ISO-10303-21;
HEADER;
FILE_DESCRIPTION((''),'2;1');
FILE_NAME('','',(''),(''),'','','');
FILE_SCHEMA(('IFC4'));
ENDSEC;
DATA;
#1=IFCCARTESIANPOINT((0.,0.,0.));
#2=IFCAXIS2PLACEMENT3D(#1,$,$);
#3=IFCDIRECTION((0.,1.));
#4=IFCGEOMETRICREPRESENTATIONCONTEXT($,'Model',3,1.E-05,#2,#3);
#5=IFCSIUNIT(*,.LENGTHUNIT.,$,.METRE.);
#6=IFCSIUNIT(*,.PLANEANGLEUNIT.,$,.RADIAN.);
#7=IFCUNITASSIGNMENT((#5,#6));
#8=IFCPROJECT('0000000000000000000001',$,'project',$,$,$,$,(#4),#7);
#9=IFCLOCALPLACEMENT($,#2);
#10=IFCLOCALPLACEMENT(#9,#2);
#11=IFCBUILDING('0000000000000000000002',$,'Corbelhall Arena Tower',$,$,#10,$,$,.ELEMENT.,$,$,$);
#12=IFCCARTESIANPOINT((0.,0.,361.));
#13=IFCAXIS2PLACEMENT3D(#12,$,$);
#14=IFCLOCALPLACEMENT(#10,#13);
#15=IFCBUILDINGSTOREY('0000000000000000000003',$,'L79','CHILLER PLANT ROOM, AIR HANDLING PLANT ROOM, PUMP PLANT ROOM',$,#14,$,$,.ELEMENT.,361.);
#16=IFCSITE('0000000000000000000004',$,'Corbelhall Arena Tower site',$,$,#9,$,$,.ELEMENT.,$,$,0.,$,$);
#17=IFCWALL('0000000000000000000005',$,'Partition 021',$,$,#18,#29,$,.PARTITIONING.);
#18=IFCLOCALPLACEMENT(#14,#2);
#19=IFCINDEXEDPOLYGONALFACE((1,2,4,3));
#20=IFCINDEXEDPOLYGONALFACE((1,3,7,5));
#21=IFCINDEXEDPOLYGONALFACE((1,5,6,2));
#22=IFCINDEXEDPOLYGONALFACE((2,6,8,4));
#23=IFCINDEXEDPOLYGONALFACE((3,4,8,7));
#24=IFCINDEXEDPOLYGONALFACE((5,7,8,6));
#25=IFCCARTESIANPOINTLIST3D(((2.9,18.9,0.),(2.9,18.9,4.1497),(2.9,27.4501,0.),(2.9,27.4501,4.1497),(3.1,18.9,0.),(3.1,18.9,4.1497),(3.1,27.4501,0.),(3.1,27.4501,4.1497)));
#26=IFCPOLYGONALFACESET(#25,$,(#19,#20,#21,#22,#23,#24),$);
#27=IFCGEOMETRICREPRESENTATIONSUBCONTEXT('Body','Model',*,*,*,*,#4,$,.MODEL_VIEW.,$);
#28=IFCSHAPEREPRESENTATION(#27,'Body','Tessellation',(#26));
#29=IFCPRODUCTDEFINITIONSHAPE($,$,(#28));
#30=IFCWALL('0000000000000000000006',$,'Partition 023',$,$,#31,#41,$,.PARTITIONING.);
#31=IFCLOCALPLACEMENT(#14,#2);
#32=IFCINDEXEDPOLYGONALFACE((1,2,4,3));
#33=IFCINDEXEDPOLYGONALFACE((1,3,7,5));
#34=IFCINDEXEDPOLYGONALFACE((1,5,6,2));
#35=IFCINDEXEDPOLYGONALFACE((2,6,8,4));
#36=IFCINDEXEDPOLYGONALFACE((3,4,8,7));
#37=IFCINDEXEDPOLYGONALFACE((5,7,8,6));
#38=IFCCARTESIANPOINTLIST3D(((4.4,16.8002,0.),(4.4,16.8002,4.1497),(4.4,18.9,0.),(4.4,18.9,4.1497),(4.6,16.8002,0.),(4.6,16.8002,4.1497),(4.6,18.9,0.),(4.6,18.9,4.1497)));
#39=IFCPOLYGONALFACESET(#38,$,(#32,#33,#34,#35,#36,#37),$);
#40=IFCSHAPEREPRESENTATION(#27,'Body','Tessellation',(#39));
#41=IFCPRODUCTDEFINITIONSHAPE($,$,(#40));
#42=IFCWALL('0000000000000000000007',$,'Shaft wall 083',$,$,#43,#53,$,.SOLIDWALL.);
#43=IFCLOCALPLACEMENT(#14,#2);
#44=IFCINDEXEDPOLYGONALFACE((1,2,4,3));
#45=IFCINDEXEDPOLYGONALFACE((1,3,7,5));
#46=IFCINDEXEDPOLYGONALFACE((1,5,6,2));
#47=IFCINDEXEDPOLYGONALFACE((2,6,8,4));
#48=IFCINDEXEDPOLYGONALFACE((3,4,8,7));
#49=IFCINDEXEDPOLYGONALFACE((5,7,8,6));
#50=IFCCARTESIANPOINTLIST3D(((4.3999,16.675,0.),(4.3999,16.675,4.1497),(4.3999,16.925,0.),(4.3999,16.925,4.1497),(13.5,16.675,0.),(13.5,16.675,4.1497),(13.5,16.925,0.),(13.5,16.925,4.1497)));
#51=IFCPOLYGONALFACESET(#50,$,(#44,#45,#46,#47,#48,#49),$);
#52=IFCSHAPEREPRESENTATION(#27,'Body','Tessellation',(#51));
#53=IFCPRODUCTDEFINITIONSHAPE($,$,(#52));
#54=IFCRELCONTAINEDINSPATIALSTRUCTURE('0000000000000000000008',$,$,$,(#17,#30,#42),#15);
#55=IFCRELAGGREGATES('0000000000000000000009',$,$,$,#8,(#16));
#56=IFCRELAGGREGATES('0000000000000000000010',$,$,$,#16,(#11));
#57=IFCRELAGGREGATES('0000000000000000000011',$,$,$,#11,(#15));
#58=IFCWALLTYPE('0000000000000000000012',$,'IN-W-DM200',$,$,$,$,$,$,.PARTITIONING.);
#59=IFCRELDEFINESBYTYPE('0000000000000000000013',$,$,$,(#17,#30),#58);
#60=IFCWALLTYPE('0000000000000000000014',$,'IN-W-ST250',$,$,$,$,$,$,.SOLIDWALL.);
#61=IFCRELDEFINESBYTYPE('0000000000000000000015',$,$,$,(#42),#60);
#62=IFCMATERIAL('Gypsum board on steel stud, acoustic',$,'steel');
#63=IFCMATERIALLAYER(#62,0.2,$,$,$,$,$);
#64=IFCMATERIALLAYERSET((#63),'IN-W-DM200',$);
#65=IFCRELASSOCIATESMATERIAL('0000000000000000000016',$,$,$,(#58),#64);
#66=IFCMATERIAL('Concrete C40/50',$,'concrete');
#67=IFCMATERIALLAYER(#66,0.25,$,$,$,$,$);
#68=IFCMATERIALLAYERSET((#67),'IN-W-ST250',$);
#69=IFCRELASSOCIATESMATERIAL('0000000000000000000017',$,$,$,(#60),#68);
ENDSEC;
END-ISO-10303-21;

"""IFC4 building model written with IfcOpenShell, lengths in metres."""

from ifc_helpers import new_model, si_unit, direction, frame, frame_2d, origin, place, context, subcontext, project, spatial, rectangle, extrude, material, layer, layer_set, type_object, element, save


model = new_model("IFC4")

# Units and contexts
model_context = context("Model", 3, precision=1e-05, world=origin(), true_north=direction((0.0, 1.0)))
body_context = subcontext(model_context, "Body", "Model", "MODEL_VIEW")
ifc_project = project(units=[si_unit("LENGTHUNIT", "METRE"), si_unit("PLANEANGLEUNIT", "RADIAN")], contexts=[model_context])

# Site, building, storey
site_placement = place(None, origin())
site = spatial("IfcSite", under=ifc_project, at=site_placement, Name="Corbelhall Arena Tower site", CompositionType="ELEMENT", RefElevation=0.0)
building_placement = place(site_placement, origin())
building = spatial("IfcBuilding", under=site, at=building_placement, Name="Corbelhall Arena Tower", CompositionType="ELEMENT")
storey_placement = place(building_placement, frame((0.0, 0.0, 361.0)))
storey = spatial("IfcBuildingStorey", under=building, at=storey_placement, Name="L79", Description="CHILLER PLANT ROOM, AIR HANDLING PLANT ROOM, PUMP PLANT ROOM", CompositionType="ELEMENT", Elevation=361.0)

# Walls
ifc_material_1 = material(Name="Gypsum board on steel stud, acoustic", Category="steel")
ifc_layer_1 = layer(ifc_material_1, 0.2)
ifc_layer_set_1 = layer_set([ifc_layer_1], Name="IN-W-DM200")
wall_type_1 = type_object("IfcWallType", Name="IN-W-DM200", PredefinedType="PARTITIONING", material=ifc_layer_set_1)
wall_1_placement = place(storey_placement, frame((3.0, 27.45, 0.0), z_axis=(0.0, 0.0, 1.0), x_axis=(0.0, -1.0, 0.0)))
element("IfcWall", 1, at=wall_1_placement, inside=storey, type_object=wall_type_1, Name="Partition 021", PredefinedType="PARTITIONING", context=body_context, shape_type="SweptSolid", body=[
    extrude(rectangle(XDim=8.55, YDim=0.2, at=frame_2d((4.2749, 0.0))), origin(), (0.0, 0.0, 1.0), 4.1497),
])
wall_2_placement = place(storey_placement, frame((4.5, 18.8999, 0.0), z_axis=(0.0, 0.0, 1.0), x_axis=(0.0, -1.0, 0.0)))
element("IfcWall", 2, at=wall_2_placement, inside=storey, type_object=wall_type_1, Name="Partition 023", PredefinedType="PARTITIONING", context=body_context, shape_type="SweptSolid", body=[
    extrude(rectangle(XDim=2.0999, YDim=0.2, at=frame_2d((1.0498, 0.0))), origin(), (0.0, 0.0, 1.0), 4.1497),
])
ifc_material_2 = material(Name="Concrete C40/50", Category="concrete")
ifc_layer_2 = layer(ifc_material_2, 0.25)
ifc_layer_set_2 = layer_set([ifc_layer_2], Name="IN-W-ST250")
wall_type_2 = type_object("IfcWallType", Name="IN-W-ST250", PredefinedType="SOLIDWALL", material=ifc_layer_set_2)
wall_3_placement = place(storey_placement, frame((4.3999, 16.8, 0.0), z_axis=(0.0, 0.0, 1.0), x_axis=(1.0, 0.0, 0.0)))
element("IfcWall", 3, at=wall_3_placement, inside=storey, type_object=wall_type_2, Name="Shaft wall 083", PredefinedType="SOLIDWALL", context=body_context, shape_type="SweptSolid", body=[
    extrude(rectangle(XDim=9.1001, YDim=0.25, at=frame_2d((4.55, 0.0))), origin(), (0.0, 0.0, 1.0), 4.1497),
])

save(model, "model.ifc")
